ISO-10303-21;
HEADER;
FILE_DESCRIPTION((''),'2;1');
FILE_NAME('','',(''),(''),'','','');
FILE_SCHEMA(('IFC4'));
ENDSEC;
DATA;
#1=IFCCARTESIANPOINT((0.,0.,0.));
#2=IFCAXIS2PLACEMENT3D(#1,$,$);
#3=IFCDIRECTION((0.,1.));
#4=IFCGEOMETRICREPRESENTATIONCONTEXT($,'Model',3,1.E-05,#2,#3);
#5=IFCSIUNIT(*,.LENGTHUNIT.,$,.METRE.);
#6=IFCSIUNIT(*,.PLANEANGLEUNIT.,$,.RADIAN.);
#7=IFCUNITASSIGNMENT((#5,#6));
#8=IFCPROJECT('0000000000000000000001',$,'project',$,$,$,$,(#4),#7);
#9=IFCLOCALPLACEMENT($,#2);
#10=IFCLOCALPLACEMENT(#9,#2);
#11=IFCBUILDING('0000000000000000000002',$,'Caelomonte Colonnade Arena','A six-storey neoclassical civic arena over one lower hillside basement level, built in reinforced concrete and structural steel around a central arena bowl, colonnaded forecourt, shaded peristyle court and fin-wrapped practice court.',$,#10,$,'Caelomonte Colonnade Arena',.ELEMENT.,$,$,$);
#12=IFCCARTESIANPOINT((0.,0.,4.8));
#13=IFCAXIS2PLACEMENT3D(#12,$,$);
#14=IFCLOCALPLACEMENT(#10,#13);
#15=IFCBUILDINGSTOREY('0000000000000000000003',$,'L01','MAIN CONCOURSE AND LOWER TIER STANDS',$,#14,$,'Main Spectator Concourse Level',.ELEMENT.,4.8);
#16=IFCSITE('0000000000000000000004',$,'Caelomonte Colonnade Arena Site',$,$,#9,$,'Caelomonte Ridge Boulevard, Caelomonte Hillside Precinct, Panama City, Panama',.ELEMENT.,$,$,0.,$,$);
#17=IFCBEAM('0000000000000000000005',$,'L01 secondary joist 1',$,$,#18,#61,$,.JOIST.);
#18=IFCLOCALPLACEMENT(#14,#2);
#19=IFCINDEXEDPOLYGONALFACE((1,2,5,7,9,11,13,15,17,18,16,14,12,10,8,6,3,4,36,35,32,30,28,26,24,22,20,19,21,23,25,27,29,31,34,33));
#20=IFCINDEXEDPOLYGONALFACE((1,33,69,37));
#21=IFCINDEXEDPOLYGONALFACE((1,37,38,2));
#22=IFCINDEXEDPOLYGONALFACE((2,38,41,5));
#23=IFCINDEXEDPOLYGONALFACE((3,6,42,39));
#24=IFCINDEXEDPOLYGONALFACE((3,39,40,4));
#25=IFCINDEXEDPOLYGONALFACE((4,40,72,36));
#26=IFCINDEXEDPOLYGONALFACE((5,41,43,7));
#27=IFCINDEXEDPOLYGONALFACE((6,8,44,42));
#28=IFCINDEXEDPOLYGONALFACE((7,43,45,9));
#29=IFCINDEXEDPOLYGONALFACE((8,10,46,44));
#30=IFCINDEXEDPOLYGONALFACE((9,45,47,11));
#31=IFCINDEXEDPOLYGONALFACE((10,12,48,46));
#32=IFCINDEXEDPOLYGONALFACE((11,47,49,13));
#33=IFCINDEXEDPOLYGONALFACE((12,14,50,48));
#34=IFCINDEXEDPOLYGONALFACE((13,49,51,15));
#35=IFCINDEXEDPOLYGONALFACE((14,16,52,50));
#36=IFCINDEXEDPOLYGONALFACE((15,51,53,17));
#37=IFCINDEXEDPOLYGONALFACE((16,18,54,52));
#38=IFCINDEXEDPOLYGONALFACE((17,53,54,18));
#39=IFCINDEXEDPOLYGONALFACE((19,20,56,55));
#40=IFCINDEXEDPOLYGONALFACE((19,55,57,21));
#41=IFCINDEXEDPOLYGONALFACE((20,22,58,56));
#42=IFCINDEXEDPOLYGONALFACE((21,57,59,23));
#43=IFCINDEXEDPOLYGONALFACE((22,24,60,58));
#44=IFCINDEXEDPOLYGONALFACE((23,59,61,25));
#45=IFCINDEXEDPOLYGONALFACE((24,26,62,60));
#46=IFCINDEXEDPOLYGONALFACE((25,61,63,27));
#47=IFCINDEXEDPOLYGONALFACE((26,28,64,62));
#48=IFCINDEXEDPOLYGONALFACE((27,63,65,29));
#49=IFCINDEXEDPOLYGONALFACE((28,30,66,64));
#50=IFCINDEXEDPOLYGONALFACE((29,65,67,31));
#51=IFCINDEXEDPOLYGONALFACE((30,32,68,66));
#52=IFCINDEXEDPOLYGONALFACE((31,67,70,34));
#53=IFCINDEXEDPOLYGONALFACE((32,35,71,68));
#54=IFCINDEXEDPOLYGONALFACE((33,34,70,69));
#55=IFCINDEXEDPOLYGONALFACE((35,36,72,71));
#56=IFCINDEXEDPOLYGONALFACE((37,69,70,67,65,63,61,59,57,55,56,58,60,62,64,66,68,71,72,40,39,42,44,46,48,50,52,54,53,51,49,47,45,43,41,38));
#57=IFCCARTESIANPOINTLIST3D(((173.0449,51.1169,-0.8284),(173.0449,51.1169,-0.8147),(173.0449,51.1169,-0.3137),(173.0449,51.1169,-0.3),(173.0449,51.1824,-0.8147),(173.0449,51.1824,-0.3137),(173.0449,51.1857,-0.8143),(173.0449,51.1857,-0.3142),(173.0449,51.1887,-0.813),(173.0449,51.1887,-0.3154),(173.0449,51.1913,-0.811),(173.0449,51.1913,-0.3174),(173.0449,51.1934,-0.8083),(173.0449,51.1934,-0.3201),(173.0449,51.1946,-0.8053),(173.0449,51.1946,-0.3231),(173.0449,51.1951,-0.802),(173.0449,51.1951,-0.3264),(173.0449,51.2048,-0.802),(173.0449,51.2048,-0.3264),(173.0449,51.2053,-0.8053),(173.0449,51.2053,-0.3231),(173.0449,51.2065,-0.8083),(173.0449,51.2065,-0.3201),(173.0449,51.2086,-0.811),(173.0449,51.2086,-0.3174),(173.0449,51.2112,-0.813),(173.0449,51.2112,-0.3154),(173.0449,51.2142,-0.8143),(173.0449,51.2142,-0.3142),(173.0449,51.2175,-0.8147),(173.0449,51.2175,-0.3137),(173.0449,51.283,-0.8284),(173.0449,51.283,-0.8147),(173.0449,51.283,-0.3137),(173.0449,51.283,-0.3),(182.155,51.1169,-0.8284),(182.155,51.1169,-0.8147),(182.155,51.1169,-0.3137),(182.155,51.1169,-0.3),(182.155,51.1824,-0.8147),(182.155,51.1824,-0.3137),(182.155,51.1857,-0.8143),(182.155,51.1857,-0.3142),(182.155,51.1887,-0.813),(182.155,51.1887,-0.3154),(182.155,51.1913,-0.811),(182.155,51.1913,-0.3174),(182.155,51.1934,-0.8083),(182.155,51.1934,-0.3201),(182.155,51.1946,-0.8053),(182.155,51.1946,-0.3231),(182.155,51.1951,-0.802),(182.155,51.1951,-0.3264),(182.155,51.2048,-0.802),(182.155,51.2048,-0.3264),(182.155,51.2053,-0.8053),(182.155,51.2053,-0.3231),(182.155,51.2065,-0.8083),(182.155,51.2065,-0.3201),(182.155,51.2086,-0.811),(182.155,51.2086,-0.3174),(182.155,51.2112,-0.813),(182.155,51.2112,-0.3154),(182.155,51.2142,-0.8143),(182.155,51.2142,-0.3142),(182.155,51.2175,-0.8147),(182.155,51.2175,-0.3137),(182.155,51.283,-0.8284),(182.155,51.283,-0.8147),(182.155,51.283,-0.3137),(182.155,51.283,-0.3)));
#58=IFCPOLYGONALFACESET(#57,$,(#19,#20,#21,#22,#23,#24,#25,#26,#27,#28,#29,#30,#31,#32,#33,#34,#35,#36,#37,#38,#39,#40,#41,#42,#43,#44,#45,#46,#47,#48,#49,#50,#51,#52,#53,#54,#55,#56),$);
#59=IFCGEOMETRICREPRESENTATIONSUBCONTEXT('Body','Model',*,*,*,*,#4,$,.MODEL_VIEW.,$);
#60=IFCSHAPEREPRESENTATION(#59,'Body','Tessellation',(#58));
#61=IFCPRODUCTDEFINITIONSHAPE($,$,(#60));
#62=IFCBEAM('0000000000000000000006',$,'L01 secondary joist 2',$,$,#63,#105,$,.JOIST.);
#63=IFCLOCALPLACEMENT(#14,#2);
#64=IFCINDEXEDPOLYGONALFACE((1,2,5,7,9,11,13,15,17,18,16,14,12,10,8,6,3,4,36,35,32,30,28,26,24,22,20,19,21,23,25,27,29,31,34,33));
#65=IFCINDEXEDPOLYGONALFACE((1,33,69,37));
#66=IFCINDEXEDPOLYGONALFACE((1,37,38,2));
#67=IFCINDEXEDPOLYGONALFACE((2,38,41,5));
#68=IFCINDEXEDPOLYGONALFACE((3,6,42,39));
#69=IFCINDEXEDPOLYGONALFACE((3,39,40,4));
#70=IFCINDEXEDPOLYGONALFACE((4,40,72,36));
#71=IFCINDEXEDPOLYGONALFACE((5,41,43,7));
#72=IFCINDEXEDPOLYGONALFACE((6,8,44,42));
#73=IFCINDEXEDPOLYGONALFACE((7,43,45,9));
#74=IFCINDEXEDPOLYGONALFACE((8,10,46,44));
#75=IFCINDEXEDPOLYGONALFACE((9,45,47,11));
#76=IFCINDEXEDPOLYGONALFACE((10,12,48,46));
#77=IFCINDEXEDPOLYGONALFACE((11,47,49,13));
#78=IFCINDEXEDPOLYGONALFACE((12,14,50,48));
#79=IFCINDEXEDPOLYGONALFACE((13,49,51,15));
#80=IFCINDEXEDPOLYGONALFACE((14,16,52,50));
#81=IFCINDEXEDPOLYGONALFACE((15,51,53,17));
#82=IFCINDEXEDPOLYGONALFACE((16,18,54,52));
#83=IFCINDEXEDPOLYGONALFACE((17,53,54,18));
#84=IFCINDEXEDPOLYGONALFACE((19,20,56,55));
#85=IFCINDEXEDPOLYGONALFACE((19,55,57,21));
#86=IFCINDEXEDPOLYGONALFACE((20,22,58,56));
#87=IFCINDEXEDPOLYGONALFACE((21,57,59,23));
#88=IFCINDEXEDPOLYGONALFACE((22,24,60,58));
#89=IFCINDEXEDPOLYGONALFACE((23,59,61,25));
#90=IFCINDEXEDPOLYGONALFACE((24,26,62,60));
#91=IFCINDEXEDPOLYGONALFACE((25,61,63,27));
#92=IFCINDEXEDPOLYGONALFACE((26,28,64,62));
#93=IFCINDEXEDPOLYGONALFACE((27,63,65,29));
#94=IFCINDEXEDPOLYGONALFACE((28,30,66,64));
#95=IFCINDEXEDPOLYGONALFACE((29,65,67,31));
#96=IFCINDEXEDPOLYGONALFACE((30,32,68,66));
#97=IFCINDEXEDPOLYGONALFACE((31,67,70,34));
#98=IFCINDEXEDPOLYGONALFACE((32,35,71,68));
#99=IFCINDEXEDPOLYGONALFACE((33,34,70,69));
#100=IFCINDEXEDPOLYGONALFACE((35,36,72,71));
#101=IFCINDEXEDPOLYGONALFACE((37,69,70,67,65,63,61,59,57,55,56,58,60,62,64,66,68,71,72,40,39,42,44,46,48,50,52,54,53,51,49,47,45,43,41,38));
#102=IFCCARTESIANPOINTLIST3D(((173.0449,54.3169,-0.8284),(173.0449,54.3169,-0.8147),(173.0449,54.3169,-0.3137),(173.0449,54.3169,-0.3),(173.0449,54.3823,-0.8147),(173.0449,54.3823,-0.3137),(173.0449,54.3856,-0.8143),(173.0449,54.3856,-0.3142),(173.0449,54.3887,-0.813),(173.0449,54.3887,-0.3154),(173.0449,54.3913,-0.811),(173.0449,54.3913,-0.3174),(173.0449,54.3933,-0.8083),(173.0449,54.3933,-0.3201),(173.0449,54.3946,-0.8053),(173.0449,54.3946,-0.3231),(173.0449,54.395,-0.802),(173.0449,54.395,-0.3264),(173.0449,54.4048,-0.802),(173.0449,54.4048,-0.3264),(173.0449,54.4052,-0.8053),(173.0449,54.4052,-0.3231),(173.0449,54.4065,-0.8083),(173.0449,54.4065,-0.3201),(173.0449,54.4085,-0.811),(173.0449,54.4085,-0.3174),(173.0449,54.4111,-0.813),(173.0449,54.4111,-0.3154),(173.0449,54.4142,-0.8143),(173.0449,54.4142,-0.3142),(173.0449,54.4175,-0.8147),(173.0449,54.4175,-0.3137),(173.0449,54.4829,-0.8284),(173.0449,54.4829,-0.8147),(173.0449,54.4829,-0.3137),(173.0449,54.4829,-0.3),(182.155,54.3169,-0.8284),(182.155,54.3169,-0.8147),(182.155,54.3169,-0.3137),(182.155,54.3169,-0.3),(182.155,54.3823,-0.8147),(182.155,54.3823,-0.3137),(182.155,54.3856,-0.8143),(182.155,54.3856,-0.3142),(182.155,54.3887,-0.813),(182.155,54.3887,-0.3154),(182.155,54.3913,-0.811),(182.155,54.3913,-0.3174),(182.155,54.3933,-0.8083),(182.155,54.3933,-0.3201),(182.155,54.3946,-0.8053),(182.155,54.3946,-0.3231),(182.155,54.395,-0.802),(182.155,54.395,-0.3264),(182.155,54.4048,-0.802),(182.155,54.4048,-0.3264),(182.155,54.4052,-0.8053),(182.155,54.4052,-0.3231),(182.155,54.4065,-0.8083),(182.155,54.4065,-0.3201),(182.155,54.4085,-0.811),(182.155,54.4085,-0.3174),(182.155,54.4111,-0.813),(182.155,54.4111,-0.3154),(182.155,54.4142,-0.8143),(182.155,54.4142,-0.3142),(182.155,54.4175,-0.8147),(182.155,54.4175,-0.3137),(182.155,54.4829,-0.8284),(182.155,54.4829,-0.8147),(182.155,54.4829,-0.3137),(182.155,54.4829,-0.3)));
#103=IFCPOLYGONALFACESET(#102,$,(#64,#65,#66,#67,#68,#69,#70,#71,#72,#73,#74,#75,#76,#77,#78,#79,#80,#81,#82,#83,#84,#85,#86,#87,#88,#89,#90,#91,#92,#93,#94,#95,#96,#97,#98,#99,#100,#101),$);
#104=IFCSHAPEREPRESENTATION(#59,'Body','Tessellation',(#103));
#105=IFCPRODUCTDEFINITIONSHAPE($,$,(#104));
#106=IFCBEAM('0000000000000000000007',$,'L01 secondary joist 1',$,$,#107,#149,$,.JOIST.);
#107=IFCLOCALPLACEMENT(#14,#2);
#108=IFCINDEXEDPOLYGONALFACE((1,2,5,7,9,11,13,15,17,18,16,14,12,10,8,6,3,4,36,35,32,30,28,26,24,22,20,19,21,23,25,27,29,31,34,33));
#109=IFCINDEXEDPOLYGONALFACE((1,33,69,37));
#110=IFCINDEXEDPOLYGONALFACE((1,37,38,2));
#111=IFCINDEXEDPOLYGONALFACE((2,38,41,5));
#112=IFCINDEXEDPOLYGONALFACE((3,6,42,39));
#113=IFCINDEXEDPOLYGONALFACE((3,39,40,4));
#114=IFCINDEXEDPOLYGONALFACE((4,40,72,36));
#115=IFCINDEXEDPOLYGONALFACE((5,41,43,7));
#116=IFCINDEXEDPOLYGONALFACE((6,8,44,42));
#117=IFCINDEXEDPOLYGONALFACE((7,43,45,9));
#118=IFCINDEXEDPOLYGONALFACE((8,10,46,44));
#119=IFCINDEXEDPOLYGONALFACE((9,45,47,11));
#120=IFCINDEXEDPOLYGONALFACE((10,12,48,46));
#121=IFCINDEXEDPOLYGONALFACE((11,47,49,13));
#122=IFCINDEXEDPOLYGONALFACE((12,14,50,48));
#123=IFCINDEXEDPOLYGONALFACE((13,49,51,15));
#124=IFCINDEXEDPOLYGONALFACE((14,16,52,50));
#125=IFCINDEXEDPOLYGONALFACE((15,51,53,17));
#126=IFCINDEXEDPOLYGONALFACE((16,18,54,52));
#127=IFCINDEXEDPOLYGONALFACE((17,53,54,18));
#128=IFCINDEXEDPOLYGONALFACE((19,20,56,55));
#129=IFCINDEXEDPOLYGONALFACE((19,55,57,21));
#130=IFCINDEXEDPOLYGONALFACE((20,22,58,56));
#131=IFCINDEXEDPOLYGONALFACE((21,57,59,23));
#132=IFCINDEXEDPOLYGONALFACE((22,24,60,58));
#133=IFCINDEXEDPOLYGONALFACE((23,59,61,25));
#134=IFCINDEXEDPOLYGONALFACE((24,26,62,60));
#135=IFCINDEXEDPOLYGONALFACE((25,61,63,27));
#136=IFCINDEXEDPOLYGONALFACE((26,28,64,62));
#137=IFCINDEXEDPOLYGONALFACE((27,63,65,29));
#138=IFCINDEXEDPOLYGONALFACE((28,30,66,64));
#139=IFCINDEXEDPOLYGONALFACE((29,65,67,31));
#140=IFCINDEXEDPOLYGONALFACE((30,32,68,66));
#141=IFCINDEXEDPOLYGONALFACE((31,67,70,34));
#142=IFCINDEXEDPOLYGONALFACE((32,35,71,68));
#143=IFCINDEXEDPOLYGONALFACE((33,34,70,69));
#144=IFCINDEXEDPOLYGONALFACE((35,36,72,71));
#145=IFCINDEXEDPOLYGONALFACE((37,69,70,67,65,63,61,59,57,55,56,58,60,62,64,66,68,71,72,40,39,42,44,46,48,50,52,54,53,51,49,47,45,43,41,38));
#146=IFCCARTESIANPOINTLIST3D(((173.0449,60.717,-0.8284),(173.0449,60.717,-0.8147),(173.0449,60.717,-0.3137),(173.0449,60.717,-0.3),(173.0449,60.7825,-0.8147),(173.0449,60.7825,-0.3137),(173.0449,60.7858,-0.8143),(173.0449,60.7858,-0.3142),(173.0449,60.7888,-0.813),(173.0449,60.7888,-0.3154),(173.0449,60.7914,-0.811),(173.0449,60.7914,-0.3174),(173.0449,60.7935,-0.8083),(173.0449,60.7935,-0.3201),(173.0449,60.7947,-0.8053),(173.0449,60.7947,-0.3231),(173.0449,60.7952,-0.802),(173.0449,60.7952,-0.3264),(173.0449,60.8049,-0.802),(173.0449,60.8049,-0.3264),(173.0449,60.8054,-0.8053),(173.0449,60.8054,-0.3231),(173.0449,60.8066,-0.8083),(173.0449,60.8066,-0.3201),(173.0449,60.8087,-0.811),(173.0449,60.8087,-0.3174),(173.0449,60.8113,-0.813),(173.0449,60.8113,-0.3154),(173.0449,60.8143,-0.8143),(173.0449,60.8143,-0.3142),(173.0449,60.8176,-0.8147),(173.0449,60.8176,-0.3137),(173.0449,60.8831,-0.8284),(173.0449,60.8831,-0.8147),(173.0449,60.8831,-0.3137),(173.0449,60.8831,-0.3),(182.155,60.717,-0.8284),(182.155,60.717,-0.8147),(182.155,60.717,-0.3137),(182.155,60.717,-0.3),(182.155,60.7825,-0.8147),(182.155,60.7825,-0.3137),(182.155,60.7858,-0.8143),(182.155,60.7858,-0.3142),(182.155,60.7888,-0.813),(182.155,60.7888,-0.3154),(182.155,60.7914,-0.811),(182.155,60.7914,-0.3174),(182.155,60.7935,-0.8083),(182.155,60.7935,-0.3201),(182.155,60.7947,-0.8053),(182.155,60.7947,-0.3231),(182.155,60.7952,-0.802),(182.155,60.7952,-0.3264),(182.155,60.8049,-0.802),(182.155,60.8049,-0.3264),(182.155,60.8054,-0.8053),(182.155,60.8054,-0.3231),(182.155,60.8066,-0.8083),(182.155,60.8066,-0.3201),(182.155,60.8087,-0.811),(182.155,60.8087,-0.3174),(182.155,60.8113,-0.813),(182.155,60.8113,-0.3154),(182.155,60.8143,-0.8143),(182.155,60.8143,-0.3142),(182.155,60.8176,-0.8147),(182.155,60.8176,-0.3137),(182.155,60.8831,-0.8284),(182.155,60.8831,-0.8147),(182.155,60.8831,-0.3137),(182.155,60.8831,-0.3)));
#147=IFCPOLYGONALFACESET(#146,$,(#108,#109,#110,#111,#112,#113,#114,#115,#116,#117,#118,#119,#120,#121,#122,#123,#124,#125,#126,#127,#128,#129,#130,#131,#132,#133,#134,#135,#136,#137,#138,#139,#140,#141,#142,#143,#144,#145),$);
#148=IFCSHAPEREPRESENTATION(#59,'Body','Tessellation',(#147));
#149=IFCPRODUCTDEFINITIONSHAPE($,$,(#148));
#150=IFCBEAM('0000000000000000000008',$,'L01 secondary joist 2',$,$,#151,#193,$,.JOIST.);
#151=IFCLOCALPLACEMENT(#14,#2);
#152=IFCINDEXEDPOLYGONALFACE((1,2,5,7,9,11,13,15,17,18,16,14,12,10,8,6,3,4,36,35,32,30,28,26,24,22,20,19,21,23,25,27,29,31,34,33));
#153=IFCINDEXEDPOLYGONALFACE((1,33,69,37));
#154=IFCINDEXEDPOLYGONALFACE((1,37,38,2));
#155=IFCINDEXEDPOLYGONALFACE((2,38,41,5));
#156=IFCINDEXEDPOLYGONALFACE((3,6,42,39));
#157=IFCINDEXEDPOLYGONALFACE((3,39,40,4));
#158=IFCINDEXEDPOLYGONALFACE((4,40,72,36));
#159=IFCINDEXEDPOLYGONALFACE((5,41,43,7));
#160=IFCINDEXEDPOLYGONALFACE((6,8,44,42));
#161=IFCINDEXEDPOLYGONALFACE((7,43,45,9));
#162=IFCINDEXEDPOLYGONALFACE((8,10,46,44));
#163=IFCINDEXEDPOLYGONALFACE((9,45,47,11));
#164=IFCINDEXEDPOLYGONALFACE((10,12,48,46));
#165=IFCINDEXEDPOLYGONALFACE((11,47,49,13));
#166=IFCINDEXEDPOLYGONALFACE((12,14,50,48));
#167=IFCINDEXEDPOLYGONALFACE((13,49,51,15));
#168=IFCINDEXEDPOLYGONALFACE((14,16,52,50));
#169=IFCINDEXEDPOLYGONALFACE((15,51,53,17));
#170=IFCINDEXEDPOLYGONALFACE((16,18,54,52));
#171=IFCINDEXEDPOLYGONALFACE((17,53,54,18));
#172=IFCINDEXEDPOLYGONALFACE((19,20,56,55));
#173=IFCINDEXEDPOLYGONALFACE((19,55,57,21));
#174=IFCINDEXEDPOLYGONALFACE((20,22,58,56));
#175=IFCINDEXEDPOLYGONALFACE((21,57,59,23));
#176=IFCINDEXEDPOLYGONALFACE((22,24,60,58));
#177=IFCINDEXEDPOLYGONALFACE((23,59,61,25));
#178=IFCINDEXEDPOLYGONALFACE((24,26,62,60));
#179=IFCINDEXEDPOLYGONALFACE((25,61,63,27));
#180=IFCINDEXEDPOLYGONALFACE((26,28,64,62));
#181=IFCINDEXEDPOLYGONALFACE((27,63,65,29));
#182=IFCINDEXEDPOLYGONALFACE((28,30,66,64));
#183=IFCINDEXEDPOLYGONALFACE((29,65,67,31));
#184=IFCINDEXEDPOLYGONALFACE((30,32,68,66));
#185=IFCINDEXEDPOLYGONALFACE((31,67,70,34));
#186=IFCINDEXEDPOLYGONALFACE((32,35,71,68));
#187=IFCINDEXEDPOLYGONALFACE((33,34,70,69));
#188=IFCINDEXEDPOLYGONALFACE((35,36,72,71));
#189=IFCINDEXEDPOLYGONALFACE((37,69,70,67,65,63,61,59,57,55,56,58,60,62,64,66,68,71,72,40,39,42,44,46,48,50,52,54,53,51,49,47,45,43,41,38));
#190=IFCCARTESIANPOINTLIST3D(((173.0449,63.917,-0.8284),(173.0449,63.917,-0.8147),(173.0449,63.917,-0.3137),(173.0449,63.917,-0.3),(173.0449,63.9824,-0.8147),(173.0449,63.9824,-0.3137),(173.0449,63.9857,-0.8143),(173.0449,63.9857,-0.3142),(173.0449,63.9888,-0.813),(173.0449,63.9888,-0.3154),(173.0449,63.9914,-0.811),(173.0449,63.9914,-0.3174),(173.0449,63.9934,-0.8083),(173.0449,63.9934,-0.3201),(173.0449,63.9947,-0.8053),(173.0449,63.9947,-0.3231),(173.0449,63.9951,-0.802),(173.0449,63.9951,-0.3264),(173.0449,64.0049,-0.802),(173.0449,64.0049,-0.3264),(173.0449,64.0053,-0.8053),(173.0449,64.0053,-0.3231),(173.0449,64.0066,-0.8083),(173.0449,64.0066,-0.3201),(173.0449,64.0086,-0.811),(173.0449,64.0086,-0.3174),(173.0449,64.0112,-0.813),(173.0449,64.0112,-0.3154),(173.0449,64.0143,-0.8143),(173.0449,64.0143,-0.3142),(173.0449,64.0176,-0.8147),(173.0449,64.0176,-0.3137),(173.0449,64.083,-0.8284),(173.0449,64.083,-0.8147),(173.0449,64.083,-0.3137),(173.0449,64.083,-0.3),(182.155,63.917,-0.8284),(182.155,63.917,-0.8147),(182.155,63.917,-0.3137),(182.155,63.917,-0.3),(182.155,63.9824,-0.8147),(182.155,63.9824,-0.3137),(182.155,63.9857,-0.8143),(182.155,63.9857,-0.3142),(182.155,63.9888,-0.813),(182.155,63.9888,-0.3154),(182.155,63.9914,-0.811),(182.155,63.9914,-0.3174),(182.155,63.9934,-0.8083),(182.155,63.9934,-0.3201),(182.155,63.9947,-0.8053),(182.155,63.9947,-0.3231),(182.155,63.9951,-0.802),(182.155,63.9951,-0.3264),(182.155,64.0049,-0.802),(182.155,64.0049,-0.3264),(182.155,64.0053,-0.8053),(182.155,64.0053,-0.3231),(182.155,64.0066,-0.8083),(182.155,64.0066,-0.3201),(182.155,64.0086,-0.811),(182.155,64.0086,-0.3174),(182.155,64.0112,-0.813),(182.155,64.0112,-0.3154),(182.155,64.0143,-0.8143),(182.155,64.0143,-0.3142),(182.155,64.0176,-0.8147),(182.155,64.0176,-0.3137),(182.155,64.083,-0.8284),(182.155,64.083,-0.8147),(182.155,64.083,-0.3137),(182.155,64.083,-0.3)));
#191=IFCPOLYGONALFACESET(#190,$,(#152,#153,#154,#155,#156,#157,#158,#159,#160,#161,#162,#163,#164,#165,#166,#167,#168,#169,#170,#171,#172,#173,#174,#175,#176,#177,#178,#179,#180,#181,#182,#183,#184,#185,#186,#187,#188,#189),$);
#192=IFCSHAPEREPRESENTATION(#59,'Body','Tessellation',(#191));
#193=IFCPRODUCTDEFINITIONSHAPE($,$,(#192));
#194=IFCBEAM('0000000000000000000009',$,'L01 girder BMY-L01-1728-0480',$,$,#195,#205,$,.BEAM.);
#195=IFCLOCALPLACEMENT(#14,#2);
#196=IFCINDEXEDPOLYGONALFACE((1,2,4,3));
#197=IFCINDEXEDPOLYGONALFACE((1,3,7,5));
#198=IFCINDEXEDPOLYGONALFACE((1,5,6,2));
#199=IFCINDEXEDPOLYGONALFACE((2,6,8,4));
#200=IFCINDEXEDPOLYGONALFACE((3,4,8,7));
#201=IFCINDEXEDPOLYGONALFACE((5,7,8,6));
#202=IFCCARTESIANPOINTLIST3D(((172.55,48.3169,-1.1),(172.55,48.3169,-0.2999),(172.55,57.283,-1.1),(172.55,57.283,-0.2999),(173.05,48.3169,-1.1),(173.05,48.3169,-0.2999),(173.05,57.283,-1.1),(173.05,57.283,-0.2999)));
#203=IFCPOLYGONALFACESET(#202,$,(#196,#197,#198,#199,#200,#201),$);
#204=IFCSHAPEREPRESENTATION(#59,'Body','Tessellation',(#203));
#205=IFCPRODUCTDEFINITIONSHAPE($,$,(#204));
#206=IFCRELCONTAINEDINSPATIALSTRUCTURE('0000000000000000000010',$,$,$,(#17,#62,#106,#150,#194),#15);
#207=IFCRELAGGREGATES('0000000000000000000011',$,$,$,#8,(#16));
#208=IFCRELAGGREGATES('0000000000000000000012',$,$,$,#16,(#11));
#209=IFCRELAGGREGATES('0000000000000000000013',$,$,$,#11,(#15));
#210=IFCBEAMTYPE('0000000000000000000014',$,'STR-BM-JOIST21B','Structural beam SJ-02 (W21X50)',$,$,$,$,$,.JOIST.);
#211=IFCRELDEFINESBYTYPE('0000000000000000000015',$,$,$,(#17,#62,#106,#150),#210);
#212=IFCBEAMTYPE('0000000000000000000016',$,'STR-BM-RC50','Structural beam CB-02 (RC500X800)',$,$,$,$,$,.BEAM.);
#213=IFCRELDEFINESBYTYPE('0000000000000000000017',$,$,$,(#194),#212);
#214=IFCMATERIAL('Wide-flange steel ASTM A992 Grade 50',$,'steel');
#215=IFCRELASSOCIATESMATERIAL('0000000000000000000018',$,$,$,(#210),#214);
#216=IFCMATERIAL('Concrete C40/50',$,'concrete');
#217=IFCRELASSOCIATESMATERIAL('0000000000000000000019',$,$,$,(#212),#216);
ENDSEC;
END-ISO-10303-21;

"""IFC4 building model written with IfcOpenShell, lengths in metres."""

from ifc_helpers import new_model, si_unit, direction, frame, origin, origin_2d, place, context, subcontext, project, spatial, rectangle, i_section, extrude, material, material_profile, profile_set, type_object, element, save


model = new_model("IFC4")

# Units and contexts
model_context = context("Model", 3, precision=1e-05, world=origin(), true_north=direction((0.0, 1.0)))
body_context = subcontext(model_context, "Body", "Model", "MODEL_VIEW")
ifc_project = project(units=[si_unit("LENGTHUNIT", "METRE"), si_unit("PLANEANGLEUNIT", "RADIAN")], contexts=[model_context])

# Site, building, storey
site_placement = place(None, origin())
site = spatial("IfcSite", under=ifc_project, at=site_placement, Name="Caelomonte Colonnade Arena Site", LongName="Caelomonte Ridge Boulevard, Caelomonte Hillside Precinct, Panama City, Panama", CompositionType="ELEMENT", RefElevation=0.0)
building_placement = place(site_placement, origin())
building = spatial("IfcBuilding", under=site, at=building_placement, Name="Caelomonte Colonnade Arena", Description="A six-storey neoclassical civic arena over one lower hillside basement level, built in reinforced concrete and structural steel around a central arena bowl, colonnaded forecourt, shaded peristyle court and fin-wrapped practice court.", LongName="Caelomonte Colonnade Arena", CompositionType="ELEMENT")
storey_placement = place(building_placement, frame((0.0, 0.0, 4.8)))
storey = spatial("IfcBuildingStorey", under=building, at=storey_placement, Name="L01", Description="MAIN CONCOURSE AND LOWER TIER STANDS", LongName="Main Spectator Concourse Level", CompositionType="ELEMENT", Elevation=4.8)

# Shared definitions
ifc_material_1 = material(Name="Concrete C40/50", Category="concrete")

# Beams
ifc_material_2 = material(Name="Wide-flange steel ASTM A992 Grade 50", Category="steel")
ifc_material_profile_1 = material_profile(ifc_material_2, i_section(OverallWidth=0.166, OverallDepth=0.5283, WebThickness=0.0098, FlangeThickness=0.0137, FilletRadius=0.0127, at=origin_2d()), Name="W21X50")
ifc_profile_set_1 = profile_set([ifc_material_profile_1], Name="Wide-flange steel ASTM A992 Grade 50")
beam_type_1 = type_object("IfcBeamType", Name="STR-BM-JOIST21B", Description="Structural beam SJ-02 (W21X50)", PredefinedType="JOIST", material=ifc_profile_set_1)
for number, where, z_axis, x_axis, name in (
    (1, (173.0449, 51.2, -0.5642), (1.0, 0.0, 0.0), (0.0, 1.0, 0.0), "L01 secondary joist 1"),
    (2, (173.0449, 54.3999, -0.5642), (1.0, 0.0, 0.0), (0.0, 1.0, 0.0), "L01 secondary joist 2"),
    (3, (173.0449, 60.8, -0.5642), (1.0, 0.0, 0.0), (0.0, 1.0, 0.0), "L01 secondary joist 1"),
    (4, (173.0449, 64.0, -0.5642), (1.0, 0.0, 0.0), (0.0, 1.0, 0.0), "L01 secondary joist 2"),
):
    element("IfcBeam", number, at=place(storey_placement, frame(where, z_axis=z_axis, x_axis=x_axis)), inside=storey, type_object=beam_type_1, Name=name, PredefinedType="JOIST", context=body_context, shape_type="SweptSolid", body=[
        extrude(i_section(OverallWidth=0.166, OverallDepth=0.5283, WebThickness=0.0098, FlangeThickness=0.0137, FilletRadius=0.0127, at=origin_2d()), origin(), (0.0, 0.0, 1.0), 9.1101),
    ])
ifc_material_profile_2 = material_profile(ifc_material_1, rectangle(XDim=0.5, YDim=0.8, at=origin_2d()), Name="RC500X800")
ifc_profile_set_2 = profile_set([ifc_material_profile_2], Name="Concrete C40/50")
beam_type_2 = type_object("IfcBeamType", Name="STR-BM-RC50", Description="Structural beam CB-02 (RC500X800)", PredefinedType="BEAM", material=ifc_profile_set_2)
beam_1_placement = place(storey_placement, frame((172.8, 48.3169, -0.7), z_axis=(0.0, 1.0, 0.0), x_axis=(-1.0, 0.0, 0.0)))
element("IfcBeam", 5, at=beam_1_placement, inside=storey, type_object=beam_type_2, Name="L01 girder BMY-L01-1728-0480", PredefinedType="BEAM", context=body_context, shape_type="SweptSolid", body=[
    extrude(rectangle(XDim=0.5, YDim=0.8, at=origin_2d()), origin(), (0.0, 0.0, 1.0), 8.9661),
])

save(model, "model.ifc")
